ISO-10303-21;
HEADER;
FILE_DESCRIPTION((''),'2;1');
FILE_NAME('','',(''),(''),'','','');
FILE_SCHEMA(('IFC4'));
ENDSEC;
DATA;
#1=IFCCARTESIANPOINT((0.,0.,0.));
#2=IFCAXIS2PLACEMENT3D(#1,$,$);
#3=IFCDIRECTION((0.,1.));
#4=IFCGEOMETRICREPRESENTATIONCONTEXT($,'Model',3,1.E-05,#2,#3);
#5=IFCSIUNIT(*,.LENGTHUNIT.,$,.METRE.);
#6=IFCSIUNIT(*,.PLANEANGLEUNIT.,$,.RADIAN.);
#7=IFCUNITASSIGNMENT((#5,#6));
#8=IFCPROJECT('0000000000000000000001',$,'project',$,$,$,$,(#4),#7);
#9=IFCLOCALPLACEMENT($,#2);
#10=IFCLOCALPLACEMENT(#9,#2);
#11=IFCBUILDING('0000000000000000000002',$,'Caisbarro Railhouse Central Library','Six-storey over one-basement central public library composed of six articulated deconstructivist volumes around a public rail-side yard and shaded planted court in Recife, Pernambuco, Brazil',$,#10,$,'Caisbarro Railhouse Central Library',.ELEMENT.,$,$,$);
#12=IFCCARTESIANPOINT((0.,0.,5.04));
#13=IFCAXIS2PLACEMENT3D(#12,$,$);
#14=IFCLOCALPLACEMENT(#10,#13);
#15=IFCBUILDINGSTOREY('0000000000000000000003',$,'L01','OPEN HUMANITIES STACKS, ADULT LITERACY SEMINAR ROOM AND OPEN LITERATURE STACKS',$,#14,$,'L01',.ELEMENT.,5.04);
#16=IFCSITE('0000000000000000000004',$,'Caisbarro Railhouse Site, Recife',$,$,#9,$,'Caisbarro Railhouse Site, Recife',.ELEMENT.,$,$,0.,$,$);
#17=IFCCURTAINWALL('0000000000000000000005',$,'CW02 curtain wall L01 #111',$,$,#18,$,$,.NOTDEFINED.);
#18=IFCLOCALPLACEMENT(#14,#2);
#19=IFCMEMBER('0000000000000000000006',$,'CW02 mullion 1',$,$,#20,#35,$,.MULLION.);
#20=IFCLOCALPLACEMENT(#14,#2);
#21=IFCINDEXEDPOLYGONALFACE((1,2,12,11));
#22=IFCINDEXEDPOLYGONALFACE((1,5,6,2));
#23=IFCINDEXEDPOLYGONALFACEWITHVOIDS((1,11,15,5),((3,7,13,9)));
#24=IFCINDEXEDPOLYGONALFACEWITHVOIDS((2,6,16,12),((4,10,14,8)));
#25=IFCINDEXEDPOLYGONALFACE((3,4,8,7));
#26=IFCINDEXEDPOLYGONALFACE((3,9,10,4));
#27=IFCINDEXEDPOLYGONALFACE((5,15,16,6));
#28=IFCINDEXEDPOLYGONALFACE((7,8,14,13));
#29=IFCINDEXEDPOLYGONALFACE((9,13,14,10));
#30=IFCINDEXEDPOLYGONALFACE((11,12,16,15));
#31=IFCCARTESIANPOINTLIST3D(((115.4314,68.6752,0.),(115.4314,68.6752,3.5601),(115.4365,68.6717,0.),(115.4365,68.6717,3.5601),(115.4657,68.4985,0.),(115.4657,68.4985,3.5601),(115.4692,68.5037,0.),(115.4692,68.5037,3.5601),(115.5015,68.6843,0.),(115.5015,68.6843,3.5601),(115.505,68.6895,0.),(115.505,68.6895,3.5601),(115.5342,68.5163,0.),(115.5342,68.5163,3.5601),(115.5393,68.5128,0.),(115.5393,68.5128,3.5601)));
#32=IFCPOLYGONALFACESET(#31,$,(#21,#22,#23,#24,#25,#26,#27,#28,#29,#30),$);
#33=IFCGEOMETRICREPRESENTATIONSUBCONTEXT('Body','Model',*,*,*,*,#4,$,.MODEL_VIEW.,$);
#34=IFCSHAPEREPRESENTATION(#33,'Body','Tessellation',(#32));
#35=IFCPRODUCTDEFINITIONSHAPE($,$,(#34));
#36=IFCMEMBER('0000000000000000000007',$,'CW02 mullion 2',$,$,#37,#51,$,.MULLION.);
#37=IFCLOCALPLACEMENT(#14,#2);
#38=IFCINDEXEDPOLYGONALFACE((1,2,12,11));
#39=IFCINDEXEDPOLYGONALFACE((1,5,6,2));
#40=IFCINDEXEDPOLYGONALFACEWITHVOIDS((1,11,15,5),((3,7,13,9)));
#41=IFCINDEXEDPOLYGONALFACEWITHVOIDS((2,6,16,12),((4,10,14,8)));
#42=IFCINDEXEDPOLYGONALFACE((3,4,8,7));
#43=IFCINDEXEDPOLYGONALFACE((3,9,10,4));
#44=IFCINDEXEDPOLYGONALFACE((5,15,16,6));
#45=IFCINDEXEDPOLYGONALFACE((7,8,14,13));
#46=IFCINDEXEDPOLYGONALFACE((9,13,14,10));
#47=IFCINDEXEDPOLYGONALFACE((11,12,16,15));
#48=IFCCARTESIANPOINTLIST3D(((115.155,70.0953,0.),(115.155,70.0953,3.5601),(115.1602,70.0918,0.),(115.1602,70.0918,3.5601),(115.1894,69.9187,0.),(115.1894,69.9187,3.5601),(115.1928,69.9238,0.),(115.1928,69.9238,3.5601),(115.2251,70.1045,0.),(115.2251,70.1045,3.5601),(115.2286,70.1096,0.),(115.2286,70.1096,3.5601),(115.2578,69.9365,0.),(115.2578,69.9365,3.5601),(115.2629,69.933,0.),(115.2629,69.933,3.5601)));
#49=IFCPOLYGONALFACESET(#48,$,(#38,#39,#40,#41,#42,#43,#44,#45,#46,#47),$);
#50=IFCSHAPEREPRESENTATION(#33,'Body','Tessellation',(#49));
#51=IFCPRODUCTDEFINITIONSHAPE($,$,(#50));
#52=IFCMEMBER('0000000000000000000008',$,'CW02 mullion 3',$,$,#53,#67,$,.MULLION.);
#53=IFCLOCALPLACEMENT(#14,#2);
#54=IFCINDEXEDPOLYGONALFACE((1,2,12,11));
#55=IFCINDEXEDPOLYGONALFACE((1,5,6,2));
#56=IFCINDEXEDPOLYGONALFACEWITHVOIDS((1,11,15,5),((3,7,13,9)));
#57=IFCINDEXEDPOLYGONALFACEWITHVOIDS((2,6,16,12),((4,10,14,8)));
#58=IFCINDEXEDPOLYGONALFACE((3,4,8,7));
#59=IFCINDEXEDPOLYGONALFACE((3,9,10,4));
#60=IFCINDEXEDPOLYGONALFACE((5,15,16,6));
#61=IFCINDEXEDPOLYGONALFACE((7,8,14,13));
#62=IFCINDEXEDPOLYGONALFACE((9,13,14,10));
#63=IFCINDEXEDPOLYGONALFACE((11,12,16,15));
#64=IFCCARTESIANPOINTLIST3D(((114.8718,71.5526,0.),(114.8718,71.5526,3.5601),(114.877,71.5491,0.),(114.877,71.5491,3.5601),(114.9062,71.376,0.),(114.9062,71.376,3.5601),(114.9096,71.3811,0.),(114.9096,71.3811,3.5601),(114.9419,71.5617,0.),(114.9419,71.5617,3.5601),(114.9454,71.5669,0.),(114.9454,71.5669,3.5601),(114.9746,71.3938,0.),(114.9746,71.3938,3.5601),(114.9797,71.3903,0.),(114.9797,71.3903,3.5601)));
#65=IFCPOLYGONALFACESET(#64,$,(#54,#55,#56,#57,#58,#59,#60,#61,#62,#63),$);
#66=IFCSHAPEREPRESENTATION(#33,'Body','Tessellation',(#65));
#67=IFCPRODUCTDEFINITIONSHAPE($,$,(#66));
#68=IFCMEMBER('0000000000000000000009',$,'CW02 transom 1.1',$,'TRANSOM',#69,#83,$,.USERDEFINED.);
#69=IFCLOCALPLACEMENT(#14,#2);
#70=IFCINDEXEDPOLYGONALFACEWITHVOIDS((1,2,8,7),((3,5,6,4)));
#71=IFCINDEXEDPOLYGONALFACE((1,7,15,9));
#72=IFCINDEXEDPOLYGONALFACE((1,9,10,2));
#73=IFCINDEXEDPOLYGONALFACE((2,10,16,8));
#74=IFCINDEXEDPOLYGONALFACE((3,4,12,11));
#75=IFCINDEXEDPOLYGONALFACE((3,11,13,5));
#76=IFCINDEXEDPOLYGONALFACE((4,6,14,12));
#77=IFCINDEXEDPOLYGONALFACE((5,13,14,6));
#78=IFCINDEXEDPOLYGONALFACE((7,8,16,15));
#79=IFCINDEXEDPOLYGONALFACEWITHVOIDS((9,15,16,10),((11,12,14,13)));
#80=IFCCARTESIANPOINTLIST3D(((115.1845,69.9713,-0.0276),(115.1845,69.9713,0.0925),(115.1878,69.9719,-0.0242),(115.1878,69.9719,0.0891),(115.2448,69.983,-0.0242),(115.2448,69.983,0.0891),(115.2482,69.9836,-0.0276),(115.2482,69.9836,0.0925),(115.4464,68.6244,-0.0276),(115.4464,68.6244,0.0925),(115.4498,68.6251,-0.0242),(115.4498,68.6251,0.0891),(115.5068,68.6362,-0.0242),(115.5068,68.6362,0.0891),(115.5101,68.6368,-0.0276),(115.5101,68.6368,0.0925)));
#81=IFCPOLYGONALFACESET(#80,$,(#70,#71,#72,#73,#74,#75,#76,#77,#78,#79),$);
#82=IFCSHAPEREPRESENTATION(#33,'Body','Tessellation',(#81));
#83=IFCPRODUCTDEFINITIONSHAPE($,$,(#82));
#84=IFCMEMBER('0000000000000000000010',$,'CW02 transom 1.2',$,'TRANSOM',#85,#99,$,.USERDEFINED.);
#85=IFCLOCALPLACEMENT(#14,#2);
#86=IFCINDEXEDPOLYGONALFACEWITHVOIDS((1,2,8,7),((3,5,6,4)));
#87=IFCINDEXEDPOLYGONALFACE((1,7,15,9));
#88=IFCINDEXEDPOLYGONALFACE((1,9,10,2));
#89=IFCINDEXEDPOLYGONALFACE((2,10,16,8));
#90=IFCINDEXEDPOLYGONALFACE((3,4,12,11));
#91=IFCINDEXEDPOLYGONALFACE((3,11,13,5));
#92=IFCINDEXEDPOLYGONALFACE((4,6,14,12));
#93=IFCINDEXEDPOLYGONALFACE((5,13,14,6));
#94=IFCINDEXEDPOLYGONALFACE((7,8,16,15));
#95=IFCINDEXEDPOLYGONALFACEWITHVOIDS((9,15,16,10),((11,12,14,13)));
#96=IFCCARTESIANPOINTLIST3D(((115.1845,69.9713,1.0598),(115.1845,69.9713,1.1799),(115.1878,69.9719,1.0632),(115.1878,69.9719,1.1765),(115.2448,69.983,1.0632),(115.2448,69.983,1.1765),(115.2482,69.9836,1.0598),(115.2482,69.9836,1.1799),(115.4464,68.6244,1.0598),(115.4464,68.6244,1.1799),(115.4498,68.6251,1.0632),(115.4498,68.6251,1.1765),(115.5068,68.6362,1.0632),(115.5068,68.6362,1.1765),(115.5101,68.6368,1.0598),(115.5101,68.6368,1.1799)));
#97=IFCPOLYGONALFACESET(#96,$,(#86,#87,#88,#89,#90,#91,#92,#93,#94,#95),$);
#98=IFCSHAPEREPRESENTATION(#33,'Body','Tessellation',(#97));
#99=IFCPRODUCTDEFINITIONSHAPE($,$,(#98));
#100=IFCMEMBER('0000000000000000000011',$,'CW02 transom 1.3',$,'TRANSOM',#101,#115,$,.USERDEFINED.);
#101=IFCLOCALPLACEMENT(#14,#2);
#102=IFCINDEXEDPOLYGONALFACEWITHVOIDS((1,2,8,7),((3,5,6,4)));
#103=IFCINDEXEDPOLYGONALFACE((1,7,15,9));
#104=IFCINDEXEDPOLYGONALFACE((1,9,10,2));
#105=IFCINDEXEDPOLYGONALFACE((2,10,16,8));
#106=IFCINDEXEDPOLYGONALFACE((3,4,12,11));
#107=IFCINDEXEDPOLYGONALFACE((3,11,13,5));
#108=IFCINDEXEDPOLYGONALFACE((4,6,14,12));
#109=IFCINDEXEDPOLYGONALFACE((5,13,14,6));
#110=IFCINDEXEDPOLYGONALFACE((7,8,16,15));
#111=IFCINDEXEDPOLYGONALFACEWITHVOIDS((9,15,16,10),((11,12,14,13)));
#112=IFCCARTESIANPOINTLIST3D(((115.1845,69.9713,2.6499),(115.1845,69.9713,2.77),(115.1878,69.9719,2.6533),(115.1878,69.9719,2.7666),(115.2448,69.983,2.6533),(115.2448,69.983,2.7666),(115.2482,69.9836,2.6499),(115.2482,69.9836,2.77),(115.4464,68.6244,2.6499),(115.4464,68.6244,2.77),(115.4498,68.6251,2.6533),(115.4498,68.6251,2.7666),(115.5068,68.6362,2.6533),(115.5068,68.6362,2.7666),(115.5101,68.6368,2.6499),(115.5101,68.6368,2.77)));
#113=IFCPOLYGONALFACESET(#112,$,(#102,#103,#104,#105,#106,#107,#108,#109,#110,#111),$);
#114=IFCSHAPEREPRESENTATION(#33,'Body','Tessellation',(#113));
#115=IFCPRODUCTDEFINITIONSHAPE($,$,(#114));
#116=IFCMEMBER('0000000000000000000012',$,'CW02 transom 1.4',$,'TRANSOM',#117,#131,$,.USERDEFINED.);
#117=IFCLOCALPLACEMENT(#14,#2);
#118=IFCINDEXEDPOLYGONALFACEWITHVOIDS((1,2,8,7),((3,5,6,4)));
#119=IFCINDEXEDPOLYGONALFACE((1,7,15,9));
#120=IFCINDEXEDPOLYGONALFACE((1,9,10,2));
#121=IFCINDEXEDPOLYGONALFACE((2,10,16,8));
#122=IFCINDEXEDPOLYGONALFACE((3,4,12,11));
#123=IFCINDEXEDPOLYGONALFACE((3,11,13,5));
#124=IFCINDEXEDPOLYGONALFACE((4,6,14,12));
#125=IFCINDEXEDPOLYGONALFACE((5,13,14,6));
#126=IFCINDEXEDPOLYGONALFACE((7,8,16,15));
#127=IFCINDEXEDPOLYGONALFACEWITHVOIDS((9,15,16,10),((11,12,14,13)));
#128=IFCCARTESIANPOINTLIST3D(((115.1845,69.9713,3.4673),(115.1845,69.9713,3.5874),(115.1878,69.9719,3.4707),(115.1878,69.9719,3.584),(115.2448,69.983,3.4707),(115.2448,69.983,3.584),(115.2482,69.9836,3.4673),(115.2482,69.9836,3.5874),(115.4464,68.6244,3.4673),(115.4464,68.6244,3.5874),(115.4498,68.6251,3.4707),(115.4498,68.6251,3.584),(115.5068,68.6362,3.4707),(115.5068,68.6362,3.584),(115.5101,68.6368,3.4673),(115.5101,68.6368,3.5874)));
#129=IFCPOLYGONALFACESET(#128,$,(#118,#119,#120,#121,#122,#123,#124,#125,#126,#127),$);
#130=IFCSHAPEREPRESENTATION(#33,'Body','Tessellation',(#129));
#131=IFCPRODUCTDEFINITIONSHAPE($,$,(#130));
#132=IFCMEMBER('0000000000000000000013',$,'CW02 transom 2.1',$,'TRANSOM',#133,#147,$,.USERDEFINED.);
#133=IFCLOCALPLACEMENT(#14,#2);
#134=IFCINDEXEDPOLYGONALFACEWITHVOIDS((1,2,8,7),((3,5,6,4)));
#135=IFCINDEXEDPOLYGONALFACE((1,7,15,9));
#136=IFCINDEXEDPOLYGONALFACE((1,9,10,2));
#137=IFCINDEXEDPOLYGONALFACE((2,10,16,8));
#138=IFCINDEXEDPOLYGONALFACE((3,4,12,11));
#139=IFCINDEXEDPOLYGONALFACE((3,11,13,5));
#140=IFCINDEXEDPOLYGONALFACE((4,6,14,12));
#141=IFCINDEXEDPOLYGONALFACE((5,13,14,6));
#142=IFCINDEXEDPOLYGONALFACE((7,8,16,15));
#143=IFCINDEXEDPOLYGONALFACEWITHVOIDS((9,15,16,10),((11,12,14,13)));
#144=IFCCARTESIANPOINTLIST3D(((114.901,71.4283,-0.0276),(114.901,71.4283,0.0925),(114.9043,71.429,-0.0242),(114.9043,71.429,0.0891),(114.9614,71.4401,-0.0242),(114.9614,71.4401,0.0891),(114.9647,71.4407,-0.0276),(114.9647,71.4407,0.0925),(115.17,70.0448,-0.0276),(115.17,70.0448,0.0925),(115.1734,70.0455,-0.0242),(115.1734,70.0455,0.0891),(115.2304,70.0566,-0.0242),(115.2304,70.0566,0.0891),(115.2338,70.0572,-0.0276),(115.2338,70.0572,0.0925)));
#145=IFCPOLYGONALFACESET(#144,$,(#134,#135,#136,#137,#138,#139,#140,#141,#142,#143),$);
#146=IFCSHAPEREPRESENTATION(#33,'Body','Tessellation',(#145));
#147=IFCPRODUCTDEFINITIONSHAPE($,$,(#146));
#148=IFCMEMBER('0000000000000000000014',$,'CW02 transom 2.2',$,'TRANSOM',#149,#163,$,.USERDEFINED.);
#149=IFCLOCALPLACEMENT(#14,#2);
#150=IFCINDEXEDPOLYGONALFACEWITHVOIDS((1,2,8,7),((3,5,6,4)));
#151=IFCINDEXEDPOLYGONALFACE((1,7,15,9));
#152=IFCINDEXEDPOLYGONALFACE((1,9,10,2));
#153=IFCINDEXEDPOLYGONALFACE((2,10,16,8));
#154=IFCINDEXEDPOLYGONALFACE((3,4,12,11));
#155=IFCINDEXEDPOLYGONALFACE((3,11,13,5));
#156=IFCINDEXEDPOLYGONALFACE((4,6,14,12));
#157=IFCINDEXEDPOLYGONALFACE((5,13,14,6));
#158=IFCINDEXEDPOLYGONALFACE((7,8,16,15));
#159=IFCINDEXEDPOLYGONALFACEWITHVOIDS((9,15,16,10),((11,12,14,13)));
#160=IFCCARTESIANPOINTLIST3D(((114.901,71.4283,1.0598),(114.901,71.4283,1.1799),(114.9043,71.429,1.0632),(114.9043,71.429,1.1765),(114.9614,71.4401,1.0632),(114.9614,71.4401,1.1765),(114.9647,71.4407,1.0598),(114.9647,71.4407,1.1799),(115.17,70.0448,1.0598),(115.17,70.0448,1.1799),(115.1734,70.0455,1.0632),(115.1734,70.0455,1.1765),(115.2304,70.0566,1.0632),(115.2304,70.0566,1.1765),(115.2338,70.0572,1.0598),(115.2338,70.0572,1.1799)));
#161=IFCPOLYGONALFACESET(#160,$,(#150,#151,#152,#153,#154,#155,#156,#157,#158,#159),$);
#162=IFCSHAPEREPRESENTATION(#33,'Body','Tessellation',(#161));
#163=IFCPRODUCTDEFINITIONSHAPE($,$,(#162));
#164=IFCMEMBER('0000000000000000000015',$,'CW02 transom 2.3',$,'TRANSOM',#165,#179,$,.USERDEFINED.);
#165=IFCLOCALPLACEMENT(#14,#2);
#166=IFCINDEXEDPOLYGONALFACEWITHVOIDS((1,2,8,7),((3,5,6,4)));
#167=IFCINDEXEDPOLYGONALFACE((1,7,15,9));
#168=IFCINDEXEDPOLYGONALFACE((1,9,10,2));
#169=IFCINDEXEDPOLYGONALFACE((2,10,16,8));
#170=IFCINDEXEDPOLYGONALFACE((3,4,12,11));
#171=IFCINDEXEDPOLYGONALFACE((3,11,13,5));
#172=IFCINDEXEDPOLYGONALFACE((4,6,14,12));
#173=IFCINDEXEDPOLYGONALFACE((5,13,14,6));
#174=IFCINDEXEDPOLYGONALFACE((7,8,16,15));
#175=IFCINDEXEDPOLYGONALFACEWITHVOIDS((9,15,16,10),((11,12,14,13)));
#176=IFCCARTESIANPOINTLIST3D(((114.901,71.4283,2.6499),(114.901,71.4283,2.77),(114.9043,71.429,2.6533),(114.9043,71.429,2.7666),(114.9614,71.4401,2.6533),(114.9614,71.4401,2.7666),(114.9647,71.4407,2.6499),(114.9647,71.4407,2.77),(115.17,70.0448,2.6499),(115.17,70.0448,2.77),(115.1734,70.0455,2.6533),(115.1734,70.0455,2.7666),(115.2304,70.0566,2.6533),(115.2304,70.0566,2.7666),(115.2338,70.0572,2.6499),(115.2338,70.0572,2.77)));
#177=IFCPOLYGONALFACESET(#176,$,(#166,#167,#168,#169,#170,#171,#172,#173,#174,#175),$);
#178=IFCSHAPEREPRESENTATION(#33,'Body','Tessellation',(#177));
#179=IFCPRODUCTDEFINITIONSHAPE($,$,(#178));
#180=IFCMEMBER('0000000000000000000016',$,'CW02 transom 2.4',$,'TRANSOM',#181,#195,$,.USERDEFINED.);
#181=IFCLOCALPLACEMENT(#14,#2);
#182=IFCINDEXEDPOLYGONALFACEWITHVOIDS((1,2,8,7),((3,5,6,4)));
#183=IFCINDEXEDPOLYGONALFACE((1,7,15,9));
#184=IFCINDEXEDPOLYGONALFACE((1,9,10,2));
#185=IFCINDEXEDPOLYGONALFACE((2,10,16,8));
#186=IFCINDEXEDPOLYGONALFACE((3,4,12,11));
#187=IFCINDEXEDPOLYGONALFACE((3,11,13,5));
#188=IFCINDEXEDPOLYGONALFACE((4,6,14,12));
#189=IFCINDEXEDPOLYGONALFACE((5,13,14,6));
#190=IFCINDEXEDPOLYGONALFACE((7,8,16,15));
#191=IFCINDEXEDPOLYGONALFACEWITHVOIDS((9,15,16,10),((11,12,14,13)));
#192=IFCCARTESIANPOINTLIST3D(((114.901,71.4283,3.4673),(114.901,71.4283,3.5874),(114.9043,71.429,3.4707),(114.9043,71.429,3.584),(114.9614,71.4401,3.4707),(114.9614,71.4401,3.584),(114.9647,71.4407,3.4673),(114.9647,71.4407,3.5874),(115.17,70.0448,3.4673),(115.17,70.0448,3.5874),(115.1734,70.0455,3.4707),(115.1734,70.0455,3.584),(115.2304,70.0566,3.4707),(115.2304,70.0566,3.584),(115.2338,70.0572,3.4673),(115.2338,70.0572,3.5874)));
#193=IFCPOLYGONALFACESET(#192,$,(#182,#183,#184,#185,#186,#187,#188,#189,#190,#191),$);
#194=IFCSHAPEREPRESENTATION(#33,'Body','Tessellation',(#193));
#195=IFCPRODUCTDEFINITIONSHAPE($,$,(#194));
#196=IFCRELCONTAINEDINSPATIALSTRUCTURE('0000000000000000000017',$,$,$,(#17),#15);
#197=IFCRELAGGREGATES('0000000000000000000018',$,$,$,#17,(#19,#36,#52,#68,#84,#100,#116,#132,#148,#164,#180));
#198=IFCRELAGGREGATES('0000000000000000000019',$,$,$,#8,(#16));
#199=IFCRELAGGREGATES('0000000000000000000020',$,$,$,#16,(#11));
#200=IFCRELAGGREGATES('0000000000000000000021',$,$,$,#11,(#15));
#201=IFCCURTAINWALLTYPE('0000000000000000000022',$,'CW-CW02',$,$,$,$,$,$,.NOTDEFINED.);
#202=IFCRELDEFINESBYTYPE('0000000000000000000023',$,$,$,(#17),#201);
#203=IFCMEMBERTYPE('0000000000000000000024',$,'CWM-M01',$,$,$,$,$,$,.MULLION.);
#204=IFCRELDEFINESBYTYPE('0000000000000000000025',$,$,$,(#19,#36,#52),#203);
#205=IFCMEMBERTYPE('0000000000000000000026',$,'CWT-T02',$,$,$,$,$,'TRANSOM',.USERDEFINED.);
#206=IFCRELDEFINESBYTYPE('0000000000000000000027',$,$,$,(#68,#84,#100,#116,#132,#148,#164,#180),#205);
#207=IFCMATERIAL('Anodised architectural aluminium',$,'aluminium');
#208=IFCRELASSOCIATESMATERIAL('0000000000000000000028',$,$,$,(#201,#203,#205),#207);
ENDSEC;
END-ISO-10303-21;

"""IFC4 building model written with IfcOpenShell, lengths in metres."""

from ifc_helpers import new_model, si_unit, direction, frame, origin, origin_2d, place, context, subcontext, project, spatial, hollow_rectangle, extrude, material, material_profile, profile_set, type_object, element, aggregate, save


model = new_model("IFC4")

# Units and contexts
model_context = context("Model", 3, precision=1e-05, world=origin(), true_north=direction((0.0, 1.0)))
body_context = subcontext(model_context, "Body", "Model", "MODEL_VIEW")
ifc_project = project(units=[si_unit("LENGTHUNIT", "METRE"), si_unit("PLANEANGLEUNIT", "RADIAN")], contexts=[model_context])

# Site, building, storey
site_placement = place(None, origin())
site = spatial("IfcSite", under=ifc_project, at=site_placement, Name="Caisbarro Railhouse Site, Recife", LongName="Caisbarro Railhouse Site, Recife", CompositionType="ELEMENT", RefElevation=0.0)
building_placement = place(site_placement, origin())
building = spatial("IfcBuilding", under=site, at=building_placement, Name="Caisbarro Railhouse Central Library", Description="Six-storey over one-basement central public library composed of six articulated deconstructivist volumes around a public rail-side yard and shaded planted court in Recife, Pernambuco, Brazil", LongName="Caisbarro Railhouse Central Library", CompositionType="ELEMENT")
storey_placement = place(building_placement, frame((0.0, 0.0, 5.04)))
storey = spatial("IfcBuildingStorey", under=building, at=storey_placement, Name="L01", Description="OPEN HUMANITIES STACKS, ADULT LITERACY SEMINAR ROOM AND OPEN LITERATURE STACKS", LongName="L01", CompositionType="ELEMENT", Elevation=5.04)

# Curtain wall, members
ifc_material_1 = material(Name="Anodised architectural aluminium", Category="aluminium")
curtain_wall_type = type_object("IfcCurtainWallType", Name="CW-CW02", PredefinedType="NOTDEFINED", material=ifc_material_1)
curtain_wall_placement = place(storey_placement, origin())
curtain_wall = element("IfcCurtainWall", 1, at=curtain_wall_placement, inside=storey, type_object=curtain_wall_type, Name="CW02 curtain wall L01 #111", PredefinedType="NOTDEFINED")
ifc_material_profile_1 = material_profile(ifc_material_1, hollow_rectangle(XDim=0.075, YDim=0.1799, WallThickness=0.0044, at=origin_2d()), Name="ALU-MUL-75X180")
ifc_profile_set_1 = profile_set([ifc_material_profile_1], Name="Anodised architectural aluminium")
member_type_1 = type_object("IfcMemberType", Name="CWM-M01", PredefinedType="MULLION", material=ifc_profile_set_1)
member_1_placement = place(storey_placement, frame((115.4854, 68.594, 0.0), z_axis=(0.0, 0.0, 1.0), x_axis=(-0.981607, -0.190911, 0.0)))
member_1 = element("IfcMember", 2, at=member_1_placement, type_object=member_type_1, Name="CW02 mullion 1", PredefinedType="MULLION", context=body_context, shape_type="SweptSolid", body=[
    extrude(hollow_rectangle(XDim=0.075, YDim=0.1799, WallThickness=0.0044, at=origin_2d()), origin(), (0.0, 0.0, 1.0), 3.5601),
])
member_2_placement = place(storey_placement, frame((115.209, 70.0142, 0.0), z_axis=(0.0, 0.0, 1.0), x_axis=(-0.981607, -0.190911, 0.0)))
member_2 = element("IfcMember", 3, at=member_2_placement, type_object=member_type_1, Name="CW02 mullion 2", PredefinedType="MULLION", context=body_context, shape_type="SweptSolid", body=[
    extrude(hollow_rectangle(XDim=0.075, YDim=0.1799, WallThickness=0.0044, at=origin_2d()), origin(), (0.0, 0.0, 1.0), 3.5601),
])
member_3_placement = place(storey_placement, frame((114.9258, 71.4714, 0.0), z_axis=(0.0, 0.0, 1.0), x_axis=(-0.981607, -0.190911, 0.0)))
member_3 = element("IfcMember", 4, at=member_3_placement, type_object=member_type_1, Name="CW02 mullion 3", PredefinedType="MULLION", context=body_context, shape_type="SweptSolid", body=[
    extrude(hollow_rectangle(XDim=0.075, YDim=0.1799, WallThickness=0.0044, at=origin_2d()), origin(), (0.0, 0.0, 1.0), 3.5601),
])
ifc_material_profile_2 = material_profile(ifc_material_1, hollow_rectangle(XDim=0.0649, YDim=0.1201, WallThickness=0.0034, at=origin_2d()), Name="ALU-TRN-65X120")
ifc_profile_set_2 = profile_set([ifc_material_profile_2], Name="Anodised architectural aluminium")
member_type_2 = type_object("IfcMemberType", Name="CWT-T02", ElementType="TRANSOM", PredefinedType="USERDEFINED", material=ifc_profile_set_2)
member_4_placement = place(storey_placement, frame((115.4783, 68.6306, 0.0325), z_axis=(-0.190913, 0.981607, 0.0), x_axis=(-0.981607, -0.190913, 0.0)))
member_4 = element("IfcMember", 5, at=member_4_placement, type_object=member_type_2, Name="CW02 transom 1.1", ObjectType="TRANSOM", PredefinedType="USERDEFINED", context=body_context, shape_type="SweptSolid", body=[
    extrude(hollow_rectangle(XDim=0.0649, YDim=0.1201, WallThickness=0.0034, at=origin_2d()), origin(), (0.0, 0.0, 1.0), 1.3721),
])
member_5_placement = place(storey_placement, frame((115.4783, 68.6306, 1.1199), z_axis=(-0.190913, 0.981607, 0.0), x_axis=(-0.981607, -0.190913, 0.0)))
member_5 = element("IfcMember", 6, at=member_5_placement, type_object=member_type_2, Name="CW02 transom 1.2", ObjectType="TRANSOM", PredefinedType="USERDEFINED", context=body_context, shape_type="SweptSolid", body=[
    extrude(hollow_rectangle(XDim=0.0649, YDim=0.1201, WallThickness=0.0034, at=origin_2d()), origin(), (0.0, 0.0, 1.0), 1.3721),
])
member_6_placement = place(storey_placement, frame((115.4783, 68.6306, 2.71), z_axis=(-0.190913, 0.981607, 0.0), x_axis=(-0.981607, -0.190913, 0.0)))
member_6 = element("IfcMember", 7, at=member_6_placement, type_object=member_type_2, Name="CW02 transom 1.3", ObjectType="TRANSOM", PredefinedType="USERDEFINED", context=body_context, shape_type="SweptSolid", body=[
    extrude(hollow_rectangle(XDim=0.0649, YDim=0.1201, WallThickness=0.0034, at=origin_2d()), origin(), (0.0, 0.0, 1.0), 1.3721),
])
member_7_placement = place(storey_placement, frame((115.4783, 68.6306, 3.5273), z_axis=(-0.190913, 0.981607, 0.0), x_axis=(-0.981607, -0.190913, 0.0)))
member_7 = element("IfcMember", 8, at=member_7_placement, type_object=member_type_2, Name="CW02 transom 1.4", ObjectType="TRANSOM", PredefinedType="USERDEFINED", context=body_context, shape_type="SweptSolid", body=[
    extrude(hollow_rectangle(XDim=0.0649, YDim=0.1201, WallThickness=0.0034, at=origin_2d()), origin(), (0.0, 0.0, 1.0), 1.3721),
])
member_8_placement = place(storey_placement, frame((115.2019, 70.051, 0.0325), z_axis=(-0.190884, 0.981613, 0.0), x_axis=(-0.981613, -0.190884, 0.0)))
member_8 = element("IfcMember", 9, at=member_8_placement, type_object=member_type_2, Name="CW02 transom 2.1", ObjectType="TRANSOM", PredefinedType="USERDEFINED", context=body_context, shape_type="SweptSolid", body=[
    extrude(hollow_rectangle(XDim=0.0649, YDim=0.1201, WallThickness=0.0034, at=origin_2d()), origin(), (0.0, 0.0, 1.0), 1.4094),
])
member_9_placement = place(storey_placement, frame((115.2019, 70.051, 1.1199), z_axis=(-0.190884, 0.981613, 0.0), x_axis=(-0.981613, -0.190884, 0.0)))
member_9 = element("IfcMember", 10, at=member_9_placement, type_object=member_type_2, Name="CW02 transom 2.2", ObjectType="TRANSOM", PredefinedType="USERDEFINED", context=body_context, shape_type="SweptSolid", body=[
    extrude(hollow_rectangle(XDim=0.0649, YDim=0.1201, WallThickness=0.0034, at=origin_2d()), origin(), (0.0, 0.0, 1.0), 1.4094),
])
member_10_placement = place(storey_placement, frame((115.2019, 70.051, 2.71), z_axis=(-0.190884, 0.981613, 0.0), x_axis=(-0.981613, -0.190884, 0.0)))
member_10 = element("IfcMember", 11, at=member_10_placement, type_object=member_type_2, Name="CW02 transom 2.3", ObjectType="TRANSOM", PredefinedType="USERDEFINED", context=body_context, shape_type="SweptSolid", body=[
    extrude(hollow_rectangle(XDim=0.0649, YDim=0.1201, WallThickness=0.0034, at=origin_2d()), origin(), (0.0, 0.0, 1.0), 1.4094),
])
member_11_placement = place(storey_placement, frame((115.2019, 70.051, 3.5273), z_axis=(-0.190884, 0.981613, 0.0), x_axis=(-0.981613, -0.190884, 0.0)))
member_11 = element("IfcMember", 12, at=member_11_placement, type_object=member_type_2, Name="CW02 transom 2.4", ObjectType="TRANSOM", PredefinedType="USERDEFINED", context=body_context, shape_type="SweptSolid", body=[
    extrude(hollow_rectangle(XDim=0.0649, YDim=0.1201, WallThickness=0.0034, at=origin_2d()), origin(), (0.0, 0.0, 1.0), 1.4094),
])
aggregate(curtain_wall, [member_1, member_2, member_3, member_4, member_5, member_6, member_7, member_8, member_9, member_10, member_11])

save(model, "model.ifc")
